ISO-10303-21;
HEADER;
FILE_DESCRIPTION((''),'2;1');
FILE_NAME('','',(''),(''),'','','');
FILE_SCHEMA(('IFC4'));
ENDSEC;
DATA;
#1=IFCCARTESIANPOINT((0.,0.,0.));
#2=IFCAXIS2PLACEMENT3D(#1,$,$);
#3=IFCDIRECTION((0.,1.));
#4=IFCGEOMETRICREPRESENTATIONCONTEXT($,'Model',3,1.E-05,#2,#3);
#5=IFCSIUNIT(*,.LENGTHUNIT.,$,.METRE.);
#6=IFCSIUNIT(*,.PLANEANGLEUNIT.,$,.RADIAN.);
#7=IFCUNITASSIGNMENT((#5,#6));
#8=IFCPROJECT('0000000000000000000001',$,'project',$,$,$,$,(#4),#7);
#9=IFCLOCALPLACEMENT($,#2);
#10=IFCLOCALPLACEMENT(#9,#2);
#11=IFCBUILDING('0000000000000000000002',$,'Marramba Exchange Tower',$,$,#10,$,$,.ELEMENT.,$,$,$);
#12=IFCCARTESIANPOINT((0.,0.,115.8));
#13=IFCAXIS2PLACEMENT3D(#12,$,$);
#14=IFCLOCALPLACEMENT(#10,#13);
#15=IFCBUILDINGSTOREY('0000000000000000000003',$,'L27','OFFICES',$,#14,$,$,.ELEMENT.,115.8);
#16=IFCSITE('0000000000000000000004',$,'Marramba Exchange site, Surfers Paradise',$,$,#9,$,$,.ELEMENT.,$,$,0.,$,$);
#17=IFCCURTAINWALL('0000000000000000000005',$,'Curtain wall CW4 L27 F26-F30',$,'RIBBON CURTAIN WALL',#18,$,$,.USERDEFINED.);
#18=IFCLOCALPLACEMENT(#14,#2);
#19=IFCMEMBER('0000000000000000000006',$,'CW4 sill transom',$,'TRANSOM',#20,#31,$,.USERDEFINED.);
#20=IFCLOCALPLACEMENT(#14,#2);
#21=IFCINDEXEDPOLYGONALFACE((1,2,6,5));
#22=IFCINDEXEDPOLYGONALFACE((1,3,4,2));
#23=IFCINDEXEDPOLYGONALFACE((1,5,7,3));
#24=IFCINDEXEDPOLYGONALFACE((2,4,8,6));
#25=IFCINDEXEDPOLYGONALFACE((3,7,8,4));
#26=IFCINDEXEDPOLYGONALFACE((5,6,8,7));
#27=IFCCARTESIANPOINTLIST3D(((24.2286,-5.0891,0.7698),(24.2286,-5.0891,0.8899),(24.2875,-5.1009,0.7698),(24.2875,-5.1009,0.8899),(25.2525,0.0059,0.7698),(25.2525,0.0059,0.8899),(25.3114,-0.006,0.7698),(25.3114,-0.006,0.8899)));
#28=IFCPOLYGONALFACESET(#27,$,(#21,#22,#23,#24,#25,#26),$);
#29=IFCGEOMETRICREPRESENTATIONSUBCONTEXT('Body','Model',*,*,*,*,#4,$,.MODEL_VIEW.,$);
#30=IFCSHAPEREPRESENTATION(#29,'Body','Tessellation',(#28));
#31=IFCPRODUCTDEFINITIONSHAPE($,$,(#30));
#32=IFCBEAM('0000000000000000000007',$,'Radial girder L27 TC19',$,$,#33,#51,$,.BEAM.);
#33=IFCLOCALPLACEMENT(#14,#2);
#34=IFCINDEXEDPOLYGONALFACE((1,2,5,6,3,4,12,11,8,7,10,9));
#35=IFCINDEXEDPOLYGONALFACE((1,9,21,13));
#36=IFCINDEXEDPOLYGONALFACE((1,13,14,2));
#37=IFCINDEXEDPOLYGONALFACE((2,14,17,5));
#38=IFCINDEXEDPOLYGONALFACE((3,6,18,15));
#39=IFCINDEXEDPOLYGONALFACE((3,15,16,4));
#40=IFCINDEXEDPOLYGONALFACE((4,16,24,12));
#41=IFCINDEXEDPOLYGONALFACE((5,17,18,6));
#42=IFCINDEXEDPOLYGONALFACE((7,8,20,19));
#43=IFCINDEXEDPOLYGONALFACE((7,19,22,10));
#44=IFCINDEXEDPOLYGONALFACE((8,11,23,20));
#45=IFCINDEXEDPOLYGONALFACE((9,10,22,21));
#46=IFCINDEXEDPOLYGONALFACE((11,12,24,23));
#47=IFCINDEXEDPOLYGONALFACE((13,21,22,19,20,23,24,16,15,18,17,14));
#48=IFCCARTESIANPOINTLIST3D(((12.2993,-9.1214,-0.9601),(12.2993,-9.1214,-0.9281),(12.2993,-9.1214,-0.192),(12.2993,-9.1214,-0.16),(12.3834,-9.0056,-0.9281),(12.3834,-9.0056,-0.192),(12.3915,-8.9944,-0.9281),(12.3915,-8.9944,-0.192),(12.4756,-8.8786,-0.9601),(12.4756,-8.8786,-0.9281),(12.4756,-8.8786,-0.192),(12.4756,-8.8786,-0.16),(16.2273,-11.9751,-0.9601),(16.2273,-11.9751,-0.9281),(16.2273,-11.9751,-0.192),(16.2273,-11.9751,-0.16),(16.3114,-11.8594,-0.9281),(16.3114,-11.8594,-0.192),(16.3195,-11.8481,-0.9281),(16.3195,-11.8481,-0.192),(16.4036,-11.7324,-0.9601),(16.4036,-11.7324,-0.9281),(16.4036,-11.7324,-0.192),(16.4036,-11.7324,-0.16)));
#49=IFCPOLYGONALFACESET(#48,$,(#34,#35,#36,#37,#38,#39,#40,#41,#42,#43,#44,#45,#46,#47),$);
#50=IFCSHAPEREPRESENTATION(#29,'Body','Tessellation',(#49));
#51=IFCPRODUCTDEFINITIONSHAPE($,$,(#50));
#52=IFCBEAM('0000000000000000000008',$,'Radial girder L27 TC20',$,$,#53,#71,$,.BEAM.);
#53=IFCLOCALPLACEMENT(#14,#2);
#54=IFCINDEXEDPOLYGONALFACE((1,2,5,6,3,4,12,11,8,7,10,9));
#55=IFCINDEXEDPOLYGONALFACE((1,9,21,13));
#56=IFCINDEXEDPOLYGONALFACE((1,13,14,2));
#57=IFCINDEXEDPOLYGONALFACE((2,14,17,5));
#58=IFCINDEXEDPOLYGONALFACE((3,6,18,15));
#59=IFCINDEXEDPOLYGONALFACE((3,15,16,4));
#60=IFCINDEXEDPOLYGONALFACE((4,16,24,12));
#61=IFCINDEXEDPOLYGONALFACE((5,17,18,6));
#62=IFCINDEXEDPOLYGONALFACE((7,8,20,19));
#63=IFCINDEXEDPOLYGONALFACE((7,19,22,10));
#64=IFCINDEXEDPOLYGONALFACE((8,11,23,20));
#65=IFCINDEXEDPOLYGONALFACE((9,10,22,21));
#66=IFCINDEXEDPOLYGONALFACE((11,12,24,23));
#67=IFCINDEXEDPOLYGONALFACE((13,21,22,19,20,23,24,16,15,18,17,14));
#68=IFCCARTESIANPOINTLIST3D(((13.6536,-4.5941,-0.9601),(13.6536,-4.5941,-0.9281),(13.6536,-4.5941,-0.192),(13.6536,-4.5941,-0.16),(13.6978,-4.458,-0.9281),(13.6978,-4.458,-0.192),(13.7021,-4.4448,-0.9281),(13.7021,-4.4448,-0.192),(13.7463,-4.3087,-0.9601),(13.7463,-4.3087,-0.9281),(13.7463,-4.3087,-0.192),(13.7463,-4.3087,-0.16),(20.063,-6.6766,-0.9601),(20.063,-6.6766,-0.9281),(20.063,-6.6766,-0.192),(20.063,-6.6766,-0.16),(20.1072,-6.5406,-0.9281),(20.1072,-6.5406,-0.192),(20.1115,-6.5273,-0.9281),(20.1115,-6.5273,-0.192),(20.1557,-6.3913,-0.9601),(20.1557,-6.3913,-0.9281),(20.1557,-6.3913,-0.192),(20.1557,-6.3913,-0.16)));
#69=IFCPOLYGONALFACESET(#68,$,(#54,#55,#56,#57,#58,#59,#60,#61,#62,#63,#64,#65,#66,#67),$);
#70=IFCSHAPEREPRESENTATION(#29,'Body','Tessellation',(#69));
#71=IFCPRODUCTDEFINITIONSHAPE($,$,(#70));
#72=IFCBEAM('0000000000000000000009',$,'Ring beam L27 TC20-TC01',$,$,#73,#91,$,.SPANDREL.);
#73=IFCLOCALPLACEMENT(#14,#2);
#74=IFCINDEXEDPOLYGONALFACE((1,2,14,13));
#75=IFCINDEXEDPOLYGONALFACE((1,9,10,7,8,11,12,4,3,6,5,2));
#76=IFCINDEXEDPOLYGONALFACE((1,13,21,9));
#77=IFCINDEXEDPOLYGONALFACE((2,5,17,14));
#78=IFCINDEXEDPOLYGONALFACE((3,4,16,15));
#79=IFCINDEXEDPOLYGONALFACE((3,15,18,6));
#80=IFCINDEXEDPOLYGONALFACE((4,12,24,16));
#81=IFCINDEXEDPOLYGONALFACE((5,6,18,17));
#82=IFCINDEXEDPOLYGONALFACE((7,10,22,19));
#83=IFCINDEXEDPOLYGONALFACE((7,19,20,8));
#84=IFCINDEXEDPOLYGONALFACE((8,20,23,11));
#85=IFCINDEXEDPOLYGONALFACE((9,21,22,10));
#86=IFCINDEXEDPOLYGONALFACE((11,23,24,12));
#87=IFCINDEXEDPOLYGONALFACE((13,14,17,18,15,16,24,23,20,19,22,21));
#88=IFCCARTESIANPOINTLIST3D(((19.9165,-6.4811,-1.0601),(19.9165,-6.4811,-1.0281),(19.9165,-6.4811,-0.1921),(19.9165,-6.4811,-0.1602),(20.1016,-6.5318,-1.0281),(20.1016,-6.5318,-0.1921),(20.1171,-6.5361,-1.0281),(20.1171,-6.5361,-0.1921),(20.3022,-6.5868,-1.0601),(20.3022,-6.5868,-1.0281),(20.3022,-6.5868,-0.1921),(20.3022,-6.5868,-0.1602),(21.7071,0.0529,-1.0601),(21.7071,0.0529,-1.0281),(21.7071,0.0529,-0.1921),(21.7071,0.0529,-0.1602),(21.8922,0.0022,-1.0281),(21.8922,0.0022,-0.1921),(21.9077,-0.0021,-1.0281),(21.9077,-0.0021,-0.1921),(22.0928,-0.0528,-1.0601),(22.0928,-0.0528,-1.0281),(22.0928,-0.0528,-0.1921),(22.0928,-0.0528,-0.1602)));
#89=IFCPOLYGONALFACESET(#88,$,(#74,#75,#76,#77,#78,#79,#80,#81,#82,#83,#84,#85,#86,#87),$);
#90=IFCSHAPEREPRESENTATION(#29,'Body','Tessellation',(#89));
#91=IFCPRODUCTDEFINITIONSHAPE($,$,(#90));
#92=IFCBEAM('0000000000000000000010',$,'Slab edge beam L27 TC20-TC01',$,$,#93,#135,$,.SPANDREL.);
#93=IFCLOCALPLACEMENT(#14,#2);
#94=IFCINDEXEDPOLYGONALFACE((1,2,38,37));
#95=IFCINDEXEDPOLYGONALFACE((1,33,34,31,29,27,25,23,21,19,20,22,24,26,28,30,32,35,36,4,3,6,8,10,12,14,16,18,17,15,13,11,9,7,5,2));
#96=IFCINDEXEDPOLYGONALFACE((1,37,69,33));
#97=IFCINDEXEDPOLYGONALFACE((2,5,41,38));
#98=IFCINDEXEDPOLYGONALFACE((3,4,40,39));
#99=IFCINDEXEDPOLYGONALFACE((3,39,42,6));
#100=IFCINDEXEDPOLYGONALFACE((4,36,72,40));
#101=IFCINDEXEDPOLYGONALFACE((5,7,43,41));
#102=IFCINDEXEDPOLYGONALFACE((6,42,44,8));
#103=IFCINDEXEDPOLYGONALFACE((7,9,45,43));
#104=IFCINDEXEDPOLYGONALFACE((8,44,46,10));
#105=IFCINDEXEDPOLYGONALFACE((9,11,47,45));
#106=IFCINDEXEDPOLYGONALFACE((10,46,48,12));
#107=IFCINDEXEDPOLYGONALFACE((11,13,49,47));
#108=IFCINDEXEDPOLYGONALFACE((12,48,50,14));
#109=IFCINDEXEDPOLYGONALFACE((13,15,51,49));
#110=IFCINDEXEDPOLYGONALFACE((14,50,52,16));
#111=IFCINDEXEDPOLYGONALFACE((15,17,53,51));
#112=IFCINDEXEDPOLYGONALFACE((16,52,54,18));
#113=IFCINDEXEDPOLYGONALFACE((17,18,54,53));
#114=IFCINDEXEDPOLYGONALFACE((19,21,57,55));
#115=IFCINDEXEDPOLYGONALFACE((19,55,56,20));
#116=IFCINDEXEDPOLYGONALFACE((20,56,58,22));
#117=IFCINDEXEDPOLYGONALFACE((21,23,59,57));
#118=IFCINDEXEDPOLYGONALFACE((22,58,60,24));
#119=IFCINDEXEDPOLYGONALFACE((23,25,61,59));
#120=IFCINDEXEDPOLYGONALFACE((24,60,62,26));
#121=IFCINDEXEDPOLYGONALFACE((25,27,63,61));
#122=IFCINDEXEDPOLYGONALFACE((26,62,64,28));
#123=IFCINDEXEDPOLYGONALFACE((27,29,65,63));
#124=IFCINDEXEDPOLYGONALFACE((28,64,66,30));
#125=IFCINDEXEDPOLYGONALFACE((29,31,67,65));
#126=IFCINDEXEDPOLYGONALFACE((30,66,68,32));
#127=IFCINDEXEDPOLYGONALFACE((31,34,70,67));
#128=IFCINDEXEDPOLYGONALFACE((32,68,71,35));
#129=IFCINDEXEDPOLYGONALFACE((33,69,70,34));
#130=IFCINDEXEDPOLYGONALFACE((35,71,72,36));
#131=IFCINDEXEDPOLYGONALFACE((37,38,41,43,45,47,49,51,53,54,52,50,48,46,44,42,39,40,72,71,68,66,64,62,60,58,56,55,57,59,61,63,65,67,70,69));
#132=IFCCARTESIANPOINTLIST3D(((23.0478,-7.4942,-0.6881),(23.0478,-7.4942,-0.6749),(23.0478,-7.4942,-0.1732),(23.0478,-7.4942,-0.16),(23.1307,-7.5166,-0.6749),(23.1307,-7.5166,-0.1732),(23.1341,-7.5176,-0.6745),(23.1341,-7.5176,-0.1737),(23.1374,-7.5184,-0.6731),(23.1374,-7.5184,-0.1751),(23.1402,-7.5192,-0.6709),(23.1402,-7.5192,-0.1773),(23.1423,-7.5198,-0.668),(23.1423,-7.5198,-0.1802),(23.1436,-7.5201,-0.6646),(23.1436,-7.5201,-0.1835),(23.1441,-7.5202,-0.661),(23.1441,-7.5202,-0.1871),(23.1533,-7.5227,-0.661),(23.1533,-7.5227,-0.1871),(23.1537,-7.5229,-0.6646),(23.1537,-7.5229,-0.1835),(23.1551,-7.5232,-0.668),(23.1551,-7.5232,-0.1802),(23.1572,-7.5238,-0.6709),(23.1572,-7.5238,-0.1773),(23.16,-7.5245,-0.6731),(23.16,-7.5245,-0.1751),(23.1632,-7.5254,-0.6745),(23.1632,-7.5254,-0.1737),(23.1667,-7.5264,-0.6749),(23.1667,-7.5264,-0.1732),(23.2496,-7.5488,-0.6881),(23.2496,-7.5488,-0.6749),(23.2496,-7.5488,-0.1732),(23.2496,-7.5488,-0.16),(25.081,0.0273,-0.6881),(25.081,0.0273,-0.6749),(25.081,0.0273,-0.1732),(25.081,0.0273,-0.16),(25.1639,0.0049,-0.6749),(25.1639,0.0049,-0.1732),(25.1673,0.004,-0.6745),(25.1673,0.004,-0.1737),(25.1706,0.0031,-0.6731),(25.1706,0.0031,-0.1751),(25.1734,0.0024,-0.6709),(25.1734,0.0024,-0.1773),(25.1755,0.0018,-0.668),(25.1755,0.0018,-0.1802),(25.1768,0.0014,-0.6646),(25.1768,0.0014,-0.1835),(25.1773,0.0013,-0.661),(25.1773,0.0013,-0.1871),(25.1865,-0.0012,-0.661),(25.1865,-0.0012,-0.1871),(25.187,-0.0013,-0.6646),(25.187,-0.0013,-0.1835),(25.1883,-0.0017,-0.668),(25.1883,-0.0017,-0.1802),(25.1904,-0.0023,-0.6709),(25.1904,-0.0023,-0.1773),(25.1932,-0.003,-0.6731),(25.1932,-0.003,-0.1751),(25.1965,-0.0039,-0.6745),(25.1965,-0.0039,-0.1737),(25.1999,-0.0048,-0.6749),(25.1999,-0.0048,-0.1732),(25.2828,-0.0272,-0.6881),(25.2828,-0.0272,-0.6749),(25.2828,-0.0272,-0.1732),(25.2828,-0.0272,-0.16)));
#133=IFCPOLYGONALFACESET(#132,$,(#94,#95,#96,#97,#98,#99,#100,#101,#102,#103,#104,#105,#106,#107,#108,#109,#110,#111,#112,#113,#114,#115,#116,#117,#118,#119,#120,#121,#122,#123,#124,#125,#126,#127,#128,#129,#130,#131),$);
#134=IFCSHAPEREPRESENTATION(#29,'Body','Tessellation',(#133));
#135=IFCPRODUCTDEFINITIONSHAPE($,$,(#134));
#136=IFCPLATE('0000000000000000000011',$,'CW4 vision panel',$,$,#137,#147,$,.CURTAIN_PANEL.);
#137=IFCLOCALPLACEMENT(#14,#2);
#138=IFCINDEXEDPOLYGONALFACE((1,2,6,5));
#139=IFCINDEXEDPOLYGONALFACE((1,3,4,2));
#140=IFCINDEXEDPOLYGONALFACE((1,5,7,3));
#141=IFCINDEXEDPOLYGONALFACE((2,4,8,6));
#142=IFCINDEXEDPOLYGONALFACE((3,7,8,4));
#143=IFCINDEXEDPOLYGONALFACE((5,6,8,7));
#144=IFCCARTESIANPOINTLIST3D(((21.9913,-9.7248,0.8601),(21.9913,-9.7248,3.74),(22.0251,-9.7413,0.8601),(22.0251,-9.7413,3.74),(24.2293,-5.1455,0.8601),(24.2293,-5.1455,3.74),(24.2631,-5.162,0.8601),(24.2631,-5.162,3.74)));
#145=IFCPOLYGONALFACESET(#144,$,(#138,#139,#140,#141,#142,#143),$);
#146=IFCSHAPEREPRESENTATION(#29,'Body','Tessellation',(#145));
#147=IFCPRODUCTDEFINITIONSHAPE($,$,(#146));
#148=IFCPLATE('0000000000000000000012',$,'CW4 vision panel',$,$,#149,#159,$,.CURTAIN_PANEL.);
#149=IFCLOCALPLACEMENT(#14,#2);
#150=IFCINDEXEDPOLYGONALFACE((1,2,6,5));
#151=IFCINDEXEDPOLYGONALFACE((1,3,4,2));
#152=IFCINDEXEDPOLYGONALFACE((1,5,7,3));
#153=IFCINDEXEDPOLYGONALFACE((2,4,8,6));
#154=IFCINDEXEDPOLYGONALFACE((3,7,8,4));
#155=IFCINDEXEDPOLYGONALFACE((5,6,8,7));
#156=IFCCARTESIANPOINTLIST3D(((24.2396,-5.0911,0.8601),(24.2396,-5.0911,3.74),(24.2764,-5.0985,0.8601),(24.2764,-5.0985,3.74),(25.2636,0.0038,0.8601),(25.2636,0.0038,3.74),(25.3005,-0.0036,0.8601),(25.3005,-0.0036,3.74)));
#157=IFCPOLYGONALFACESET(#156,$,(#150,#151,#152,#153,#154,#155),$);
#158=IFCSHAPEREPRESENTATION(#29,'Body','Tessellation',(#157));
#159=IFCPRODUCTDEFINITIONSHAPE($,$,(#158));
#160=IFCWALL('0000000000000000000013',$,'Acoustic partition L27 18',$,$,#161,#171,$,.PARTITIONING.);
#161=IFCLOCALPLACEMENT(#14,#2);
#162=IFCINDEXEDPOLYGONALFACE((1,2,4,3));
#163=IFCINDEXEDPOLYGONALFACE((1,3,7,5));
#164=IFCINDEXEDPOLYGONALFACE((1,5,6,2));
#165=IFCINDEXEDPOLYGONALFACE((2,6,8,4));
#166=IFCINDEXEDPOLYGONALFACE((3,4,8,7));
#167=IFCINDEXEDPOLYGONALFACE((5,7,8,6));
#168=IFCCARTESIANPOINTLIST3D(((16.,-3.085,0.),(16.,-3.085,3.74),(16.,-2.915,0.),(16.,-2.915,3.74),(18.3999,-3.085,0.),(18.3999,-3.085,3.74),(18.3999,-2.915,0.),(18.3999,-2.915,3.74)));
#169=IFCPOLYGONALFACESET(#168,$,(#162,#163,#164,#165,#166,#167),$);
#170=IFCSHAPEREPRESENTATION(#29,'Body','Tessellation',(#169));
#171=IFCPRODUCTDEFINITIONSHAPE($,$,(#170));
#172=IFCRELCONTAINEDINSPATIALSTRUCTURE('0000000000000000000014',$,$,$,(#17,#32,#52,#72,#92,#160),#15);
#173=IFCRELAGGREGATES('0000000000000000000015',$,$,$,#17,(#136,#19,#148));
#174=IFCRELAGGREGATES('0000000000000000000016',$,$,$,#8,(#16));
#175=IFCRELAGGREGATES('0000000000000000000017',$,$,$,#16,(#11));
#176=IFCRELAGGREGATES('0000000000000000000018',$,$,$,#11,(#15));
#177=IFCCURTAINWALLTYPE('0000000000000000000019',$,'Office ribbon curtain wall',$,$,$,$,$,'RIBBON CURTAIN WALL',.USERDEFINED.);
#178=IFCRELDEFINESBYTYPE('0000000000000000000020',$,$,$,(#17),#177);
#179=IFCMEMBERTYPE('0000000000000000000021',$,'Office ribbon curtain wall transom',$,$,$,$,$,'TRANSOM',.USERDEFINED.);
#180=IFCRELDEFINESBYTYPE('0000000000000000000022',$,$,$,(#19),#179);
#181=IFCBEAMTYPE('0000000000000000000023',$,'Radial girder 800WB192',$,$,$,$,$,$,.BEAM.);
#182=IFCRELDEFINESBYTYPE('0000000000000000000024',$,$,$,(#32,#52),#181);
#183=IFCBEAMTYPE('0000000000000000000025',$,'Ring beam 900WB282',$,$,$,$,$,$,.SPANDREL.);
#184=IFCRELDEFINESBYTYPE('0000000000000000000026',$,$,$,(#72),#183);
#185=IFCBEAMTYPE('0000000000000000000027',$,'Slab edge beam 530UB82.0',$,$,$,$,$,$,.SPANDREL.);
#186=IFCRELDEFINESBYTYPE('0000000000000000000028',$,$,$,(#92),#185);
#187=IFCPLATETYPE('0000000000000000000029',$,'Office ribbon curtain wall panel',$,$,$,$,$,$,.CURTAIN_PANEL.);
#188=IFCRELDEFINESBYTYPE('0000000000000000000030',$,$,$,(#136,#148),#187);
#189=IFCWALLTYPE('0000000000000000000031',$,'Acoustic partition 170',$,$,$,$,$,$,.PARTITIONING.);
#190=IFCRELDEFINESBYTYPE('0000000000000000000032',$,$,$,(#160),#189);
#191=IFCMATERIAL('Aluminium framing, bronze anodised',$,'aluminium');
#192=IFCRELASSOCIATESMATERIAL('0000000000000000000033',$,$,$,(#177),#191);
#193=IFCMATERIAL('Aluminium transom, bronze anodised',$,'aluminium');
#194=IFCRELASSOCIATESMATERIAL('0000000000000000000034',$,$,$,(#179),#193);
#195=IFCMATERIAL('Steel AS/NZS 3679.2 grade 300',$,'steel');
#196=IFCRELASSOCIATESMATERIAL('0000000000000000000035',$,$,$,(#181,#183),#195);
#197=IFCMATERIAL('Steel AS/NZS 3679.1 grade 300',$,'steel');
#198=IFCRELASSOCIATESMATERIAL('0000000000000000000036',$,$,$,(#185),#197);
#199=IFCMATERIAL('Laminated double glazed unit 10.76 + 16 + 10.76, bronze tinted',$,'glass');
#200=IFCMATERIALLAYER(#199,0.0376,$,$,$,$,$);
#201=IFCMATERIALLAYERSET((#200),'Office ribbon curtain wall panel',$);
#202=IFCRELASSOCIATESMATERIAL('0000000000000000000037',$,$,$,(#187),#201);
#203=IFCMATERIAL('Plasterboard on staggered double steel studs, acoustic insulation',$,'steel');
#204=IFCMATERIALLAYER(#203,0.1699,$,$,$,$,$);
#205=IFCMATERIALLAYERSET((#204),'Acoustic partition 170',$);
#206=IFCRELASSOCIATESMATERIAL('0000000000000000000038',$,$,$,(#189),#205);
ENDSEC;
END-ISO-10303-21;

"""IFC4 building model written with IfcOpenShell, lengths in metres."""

from ifc_helpers import new_model, si_unit, direction, frame, frame_2d, origin, origin_2d, place, context, subcontext, project, spatial, rectangle, i_section, extrude, material, layer, layer_set, material_profile, profile_set, type_object, element, aggregate, save


model = new_model("IFC4")

# Units and contexts
model_context = context("Model", 3, precision=1e-05, world=origin(), true_north=direction((0.0, 1.0)))
body_context = subcontext(model_context, "Body", "Model", "MODEL_VIEW")
ifc_project = project(units=[si_unit("LENGTHUNIT", "METRE"), si_unit("PLANEANGLEUNIT", "RADIAN")], contexts=[model_context])

# Site, building, storey
site_placement = place(None, origin())
site = spatial("IfcSite", under=ifc_project, at=site_placement, Name="Marramba Exchange site, Surfers Paradise", CompositionType="ELEMENT", RefElevation=0.0)
building_placement = place(site_placement, origin())
building = spatial("IfcBuilding", under=site, at=building_placement, Name="Marramba Exchange Tower", CompositionType="ELEMENT")
storey_placement = place(building_placement, frame((0.0, 0.0, 115.8)))
storey = spatial("IfcBuildingStorey", under=building, at=storey_placement, Name="L27", Description="OFFICES", CompositionType="ELEMENT", Elevation=115.8)

# Shared definitions
ifc_material_1 = material(Name="Steel AS/NZS 3679.2 grade 300", Category="steel")
ifc_material_2 = material(Name="Steel AS/NZS 3679.1 grade 300", Category="steel")

# Curtain wall, member
ifc_material_3 = material(Name="Aluminium framing, bronze anodised", Category="aluminium")
curtain_wall_type = type_object("IfcCurtainWallType", Name="Office ribbon curtain wall", ElementType="RIBBON CURTAIN WALL", PredefinedType="USERDEFINED", material=ifc_material_3)
curtain_wall_placement = place(storey_placement, origin())
curtain_wall = element("IfcCurtainWall", 1, at=curtain_wall_placement, inside=storey, type_object=curtain_wall_type, Name="Curtain wall CW4 L27 F26-F30", ObjectType="RIBBON CURTAIN WALL", PredefinedType="USERDEFINED")
ifc_material_4 = material(Name="Aluminium transom, bronze anodised", Category="aluminium")
ifc_material_profile_1 = material_profile(ifc_material_4, rectangle(XDim=0.0601, YDim=0.1201, at=origin_2d()), Name="CW4 transom 60x120")
ifc_profile_set_1 = profile_set([ifc_material_profile_1], Name="Aluminium transom, bronze anodised")
member_type_1 = type_object("IfcMemberType", Name="Office ribbon curtain wall transom", ElementType="TRANSOM", PredefinedType="USERDEFINED", material=ifc_profile_set_1)
member_1_placement = place(storey_placement, frame((24.2581, -5.095, 0.8298), z_axis=(0.197029, 0.980398, 0.0), x_axis=(-0.980398, 0.197029, 0.0)))
member_1 = element("IfcMember", 2, at=member_1_placement, type_object=member_type_1, Name="CW4 sill transom", ObjectType="TRANSOM", PredefinedType="USERDEFINED", context=body_context, shape_type="SweptSolid", body=[
    extrude(rectangle(XDim=0.0601, YDim=0.1201, at=origin_2d()), origin(), (0.0, 0.0, 1.0), 5.1968),
])

# Beams
ifc_material_profile_2 = material_profile(ifc_material_1, i_section(OverallWidth=0.3, OverallDepth=0.8, WebThickness=0.0139, FlangeThickness=0.032, at=origin_2d()), Name="800WB192")
ifc_profile_set_2 = profile_set([ifc_material_profile_2], Name="Steel AS/NZS 3679.2 grade 300")
beam_type_1 = type_object("IfcBeamType", Name="Radial girder 800WB192", PredefinedType="BEAM", material=ifc_profile_set_2)
beam_1_placement = place(storey_placement, frame((12.3875, -9.0, -0.5601), z_axis=(0.809025, -0.587774, 0.0), x_axis=(0.587774, 0.809025, 0.0)))
element("IfcBeam", 3, at=beam_1_placement, inside=storey, type_object=beam_type_1, Name="Radial girder L27 TC19", PredefinedType="BEAM", context=body_context, shape_type="SweptSolid", body=[
    extrude(i_section(OverallWidth=0.3, OverallDepth=0.8, WebThickness=0.0139, FlangeThickness=0.032, at=origin_2d()), origin(), (0.0, 0.0, 1.0), 4.8552),
])
beam_2_placement = place(storey_placement, frame((13.7, -4.4514, -0.5601), z_axis=(0.951058, -0.309013, 0.0), x_axis=(0.309013, 0.951058, 0.0)))
element("IfcBeam", 4, at=beam_2_placement, inside=storey, type_object=beam_type_1, Name="Radial girder L27 TC20", PredefinedType="BEAM", context=body_context, shape_type="SweptSolid", body=[
    extrude(i_section(OverallWidth=0.3, OverallDepth=0.8, WebThickness=0.0139, FlangeThickness=0.032, at=origin_2d()), origin(), (0.0, 0.0, 1.0), 6.7393),
])
ifc_material_profile_3 = material_profile(ifc_material_1, i_section(OverallWidth=0.3999, OverallDepth=0.8999, WebThickness=0.0161, FlangeThickness=0.032, at=origin_2d()), Name="900WB282")
ifc_profile_set_3 = profile_set([ifc_material_profile_3], Name="Steel AS/NZS 3679.2 grade 300")
beam_type_2 = type_object("IfcBeamType", Name="Ring beam 900WB282", PredefinedType="SPANDREL", material=ifc_profile_set_3)
beam_3_placement = place(storey_placement, frame((20.1094, -6.5339, -0.6101), z_axis=(0.264291, 0.964443, 0.0), x_axis=(-0.964443, 0.264291, 0.0)))
element("IfcBeam", 5, at=beam_3_placement, inside=storey, type_object=beam_type_2, Name="Ring beam L27 TC20-TC01", PredefinedType="SPANDREL", context=body_context, shape_type="SweptSolid", body=[
    extrude(i_section(OverallWidth=0.3999, OverallDepth=0.8999, WebThickness=0.0161, FlangeThickness=0.032, at=origin_2d()), origin(), (0.0, 0.0, 1.0), 6.7749),
])
ifc_material_profile_4 = material_profile(ifc_material_2, i_section(OverallWidth=0.209, OverallDepth=0.5281, WebThickness=0.0095, FlangeThickness=0.0132, FilletRadius=0.0139, at=origin_2d()), Name="530UB82.0")
ifc_profile_set_4 = profile_set([ifc_material_profile_4], Name="Steel AS/NZS 3679.1 grade 300")
beam_type_3 = type_object("IfcBeamType", Name="Slab edge beam 530UB82.0", PredefinedType="SPANDREL", material=ifc_profile_set_4)
beam_4_placement = place(storey_placement, frame((23.1487, -7.5215, -0.4241), z_axis=(0.260953, 0.965351, 0.0), x_axis=(-0.965351, 0.260953, 0.0)))
element("IfcBeam", 6, at=beam_4_placement, inside=storey, type_object=beam_type_3, Name="Slab edge beam L27 TC20-TC01", PredefinedType="SPANDREL", context=body_context, shape_type="SweptSolid", body=[
    extrude(i_section(OverallWidth=0.209, OverallDepth=0.5281, WebThickness=0.0095, FlangeThickness=0.0132, FilletRadius=0.0139, at=origin_2d()), origin(), (0.0, 0.0, 1.0), 7.7915),
])

# Plates
ifc_material_5 = material(Name="Laminated double glazed unit 10.76 + 16 + 10.76, bronze tinted", Category="glass")
ifc_layer_1 = layer(ifc_material_5, 0.0376)
ifc_layer_set_1 = layer_set([ifc_layer_1], Name="Office ribbon curtain wall panel")
plate_type = type_object("IfcPlateType", Name="Office ribbon curtain wall panel", PredefinedType="CURTAIN_PANEL", material=ifc_layer_set_1)
plate_1_placement = place(storey_placement, frame((23.1272, -7.4434, 0.8601), z_axis=(0.0, 0.0, 1.0), x_axis=(0.439086, 0.898445, 0.0)))
plate_1 = element("IfcPlate", 7, at=plate_1_placement, type_object=plate_type, Name="CW4 vision panel", PredefinedType="CURTAIN_PANEL", context=body_context, shape_type="SweptSolid", body=[
    extrude(rectangle(XDim=5.0969, YDim=0.0376, at=origin_2d()), origin(), (0.0, 0.0, 1.0), 2.8799),
])
plate_2_placement = place(storey_placement, frame((24.77, -2.5474, 0.8601), z_axis=(0.0, 0.0, 1.0), x_axis=(0.197049, 0.980394, 0.0)))
plate_2 = element("IfcPlate", 8, at=plate_2_placement, type_object=plate_type, Name="CW4 vision panel", PredefinedType="CURTAIN_PANEL", context=body_context, shape_type="SweptSolid", body=[
    extrude(rectangle(XDim=5.1968, YDim=0.0376, at=origin_2d()), origin(), (0.0, 0.0, 1.0), 2.8799),
])
aggregate(curtain_wall, [plate_1, member_1, plate_2])

# Wall
ifc_material_6 = material(Name="Plasterboard on staggered double steel studs, acoustic insulation", Category="steel")
ifc_layer_2 = layer(ifc_material_6, 0.1699)
ifc_layer_set_2 = layer_set([ifc_layer_2], Name="Acoustic partition 170")
wall_type_1 = type_object("IfcWallType", Name="Acoustic partition 170", PredefinedType="PARTITIONING", material=ifc_layer_set_2)
wall_1_placement = place(storey_placement, frame((16.0, -3.0, 0.0), z_axis=(0.0, 0.0, 1.0), x_axis=(1.0, 0.0, 0.0)))
element("IfcWall", 9, at=wall_1_placement, inside=storey, type_object=wall_type_1, Name="Acoustic partition L27 18", PredefinedType="PARTITIONING", context=body_context, shape_type="SweptSolid", body=[
    extrude(rectangle(XDim=2.3999, YDim=0.1699, at=frame_2d((1.2, 0.0))), origin(), (0.0, 0.0, 1.0), 3.74),
])

save(model, "model.ifc")
